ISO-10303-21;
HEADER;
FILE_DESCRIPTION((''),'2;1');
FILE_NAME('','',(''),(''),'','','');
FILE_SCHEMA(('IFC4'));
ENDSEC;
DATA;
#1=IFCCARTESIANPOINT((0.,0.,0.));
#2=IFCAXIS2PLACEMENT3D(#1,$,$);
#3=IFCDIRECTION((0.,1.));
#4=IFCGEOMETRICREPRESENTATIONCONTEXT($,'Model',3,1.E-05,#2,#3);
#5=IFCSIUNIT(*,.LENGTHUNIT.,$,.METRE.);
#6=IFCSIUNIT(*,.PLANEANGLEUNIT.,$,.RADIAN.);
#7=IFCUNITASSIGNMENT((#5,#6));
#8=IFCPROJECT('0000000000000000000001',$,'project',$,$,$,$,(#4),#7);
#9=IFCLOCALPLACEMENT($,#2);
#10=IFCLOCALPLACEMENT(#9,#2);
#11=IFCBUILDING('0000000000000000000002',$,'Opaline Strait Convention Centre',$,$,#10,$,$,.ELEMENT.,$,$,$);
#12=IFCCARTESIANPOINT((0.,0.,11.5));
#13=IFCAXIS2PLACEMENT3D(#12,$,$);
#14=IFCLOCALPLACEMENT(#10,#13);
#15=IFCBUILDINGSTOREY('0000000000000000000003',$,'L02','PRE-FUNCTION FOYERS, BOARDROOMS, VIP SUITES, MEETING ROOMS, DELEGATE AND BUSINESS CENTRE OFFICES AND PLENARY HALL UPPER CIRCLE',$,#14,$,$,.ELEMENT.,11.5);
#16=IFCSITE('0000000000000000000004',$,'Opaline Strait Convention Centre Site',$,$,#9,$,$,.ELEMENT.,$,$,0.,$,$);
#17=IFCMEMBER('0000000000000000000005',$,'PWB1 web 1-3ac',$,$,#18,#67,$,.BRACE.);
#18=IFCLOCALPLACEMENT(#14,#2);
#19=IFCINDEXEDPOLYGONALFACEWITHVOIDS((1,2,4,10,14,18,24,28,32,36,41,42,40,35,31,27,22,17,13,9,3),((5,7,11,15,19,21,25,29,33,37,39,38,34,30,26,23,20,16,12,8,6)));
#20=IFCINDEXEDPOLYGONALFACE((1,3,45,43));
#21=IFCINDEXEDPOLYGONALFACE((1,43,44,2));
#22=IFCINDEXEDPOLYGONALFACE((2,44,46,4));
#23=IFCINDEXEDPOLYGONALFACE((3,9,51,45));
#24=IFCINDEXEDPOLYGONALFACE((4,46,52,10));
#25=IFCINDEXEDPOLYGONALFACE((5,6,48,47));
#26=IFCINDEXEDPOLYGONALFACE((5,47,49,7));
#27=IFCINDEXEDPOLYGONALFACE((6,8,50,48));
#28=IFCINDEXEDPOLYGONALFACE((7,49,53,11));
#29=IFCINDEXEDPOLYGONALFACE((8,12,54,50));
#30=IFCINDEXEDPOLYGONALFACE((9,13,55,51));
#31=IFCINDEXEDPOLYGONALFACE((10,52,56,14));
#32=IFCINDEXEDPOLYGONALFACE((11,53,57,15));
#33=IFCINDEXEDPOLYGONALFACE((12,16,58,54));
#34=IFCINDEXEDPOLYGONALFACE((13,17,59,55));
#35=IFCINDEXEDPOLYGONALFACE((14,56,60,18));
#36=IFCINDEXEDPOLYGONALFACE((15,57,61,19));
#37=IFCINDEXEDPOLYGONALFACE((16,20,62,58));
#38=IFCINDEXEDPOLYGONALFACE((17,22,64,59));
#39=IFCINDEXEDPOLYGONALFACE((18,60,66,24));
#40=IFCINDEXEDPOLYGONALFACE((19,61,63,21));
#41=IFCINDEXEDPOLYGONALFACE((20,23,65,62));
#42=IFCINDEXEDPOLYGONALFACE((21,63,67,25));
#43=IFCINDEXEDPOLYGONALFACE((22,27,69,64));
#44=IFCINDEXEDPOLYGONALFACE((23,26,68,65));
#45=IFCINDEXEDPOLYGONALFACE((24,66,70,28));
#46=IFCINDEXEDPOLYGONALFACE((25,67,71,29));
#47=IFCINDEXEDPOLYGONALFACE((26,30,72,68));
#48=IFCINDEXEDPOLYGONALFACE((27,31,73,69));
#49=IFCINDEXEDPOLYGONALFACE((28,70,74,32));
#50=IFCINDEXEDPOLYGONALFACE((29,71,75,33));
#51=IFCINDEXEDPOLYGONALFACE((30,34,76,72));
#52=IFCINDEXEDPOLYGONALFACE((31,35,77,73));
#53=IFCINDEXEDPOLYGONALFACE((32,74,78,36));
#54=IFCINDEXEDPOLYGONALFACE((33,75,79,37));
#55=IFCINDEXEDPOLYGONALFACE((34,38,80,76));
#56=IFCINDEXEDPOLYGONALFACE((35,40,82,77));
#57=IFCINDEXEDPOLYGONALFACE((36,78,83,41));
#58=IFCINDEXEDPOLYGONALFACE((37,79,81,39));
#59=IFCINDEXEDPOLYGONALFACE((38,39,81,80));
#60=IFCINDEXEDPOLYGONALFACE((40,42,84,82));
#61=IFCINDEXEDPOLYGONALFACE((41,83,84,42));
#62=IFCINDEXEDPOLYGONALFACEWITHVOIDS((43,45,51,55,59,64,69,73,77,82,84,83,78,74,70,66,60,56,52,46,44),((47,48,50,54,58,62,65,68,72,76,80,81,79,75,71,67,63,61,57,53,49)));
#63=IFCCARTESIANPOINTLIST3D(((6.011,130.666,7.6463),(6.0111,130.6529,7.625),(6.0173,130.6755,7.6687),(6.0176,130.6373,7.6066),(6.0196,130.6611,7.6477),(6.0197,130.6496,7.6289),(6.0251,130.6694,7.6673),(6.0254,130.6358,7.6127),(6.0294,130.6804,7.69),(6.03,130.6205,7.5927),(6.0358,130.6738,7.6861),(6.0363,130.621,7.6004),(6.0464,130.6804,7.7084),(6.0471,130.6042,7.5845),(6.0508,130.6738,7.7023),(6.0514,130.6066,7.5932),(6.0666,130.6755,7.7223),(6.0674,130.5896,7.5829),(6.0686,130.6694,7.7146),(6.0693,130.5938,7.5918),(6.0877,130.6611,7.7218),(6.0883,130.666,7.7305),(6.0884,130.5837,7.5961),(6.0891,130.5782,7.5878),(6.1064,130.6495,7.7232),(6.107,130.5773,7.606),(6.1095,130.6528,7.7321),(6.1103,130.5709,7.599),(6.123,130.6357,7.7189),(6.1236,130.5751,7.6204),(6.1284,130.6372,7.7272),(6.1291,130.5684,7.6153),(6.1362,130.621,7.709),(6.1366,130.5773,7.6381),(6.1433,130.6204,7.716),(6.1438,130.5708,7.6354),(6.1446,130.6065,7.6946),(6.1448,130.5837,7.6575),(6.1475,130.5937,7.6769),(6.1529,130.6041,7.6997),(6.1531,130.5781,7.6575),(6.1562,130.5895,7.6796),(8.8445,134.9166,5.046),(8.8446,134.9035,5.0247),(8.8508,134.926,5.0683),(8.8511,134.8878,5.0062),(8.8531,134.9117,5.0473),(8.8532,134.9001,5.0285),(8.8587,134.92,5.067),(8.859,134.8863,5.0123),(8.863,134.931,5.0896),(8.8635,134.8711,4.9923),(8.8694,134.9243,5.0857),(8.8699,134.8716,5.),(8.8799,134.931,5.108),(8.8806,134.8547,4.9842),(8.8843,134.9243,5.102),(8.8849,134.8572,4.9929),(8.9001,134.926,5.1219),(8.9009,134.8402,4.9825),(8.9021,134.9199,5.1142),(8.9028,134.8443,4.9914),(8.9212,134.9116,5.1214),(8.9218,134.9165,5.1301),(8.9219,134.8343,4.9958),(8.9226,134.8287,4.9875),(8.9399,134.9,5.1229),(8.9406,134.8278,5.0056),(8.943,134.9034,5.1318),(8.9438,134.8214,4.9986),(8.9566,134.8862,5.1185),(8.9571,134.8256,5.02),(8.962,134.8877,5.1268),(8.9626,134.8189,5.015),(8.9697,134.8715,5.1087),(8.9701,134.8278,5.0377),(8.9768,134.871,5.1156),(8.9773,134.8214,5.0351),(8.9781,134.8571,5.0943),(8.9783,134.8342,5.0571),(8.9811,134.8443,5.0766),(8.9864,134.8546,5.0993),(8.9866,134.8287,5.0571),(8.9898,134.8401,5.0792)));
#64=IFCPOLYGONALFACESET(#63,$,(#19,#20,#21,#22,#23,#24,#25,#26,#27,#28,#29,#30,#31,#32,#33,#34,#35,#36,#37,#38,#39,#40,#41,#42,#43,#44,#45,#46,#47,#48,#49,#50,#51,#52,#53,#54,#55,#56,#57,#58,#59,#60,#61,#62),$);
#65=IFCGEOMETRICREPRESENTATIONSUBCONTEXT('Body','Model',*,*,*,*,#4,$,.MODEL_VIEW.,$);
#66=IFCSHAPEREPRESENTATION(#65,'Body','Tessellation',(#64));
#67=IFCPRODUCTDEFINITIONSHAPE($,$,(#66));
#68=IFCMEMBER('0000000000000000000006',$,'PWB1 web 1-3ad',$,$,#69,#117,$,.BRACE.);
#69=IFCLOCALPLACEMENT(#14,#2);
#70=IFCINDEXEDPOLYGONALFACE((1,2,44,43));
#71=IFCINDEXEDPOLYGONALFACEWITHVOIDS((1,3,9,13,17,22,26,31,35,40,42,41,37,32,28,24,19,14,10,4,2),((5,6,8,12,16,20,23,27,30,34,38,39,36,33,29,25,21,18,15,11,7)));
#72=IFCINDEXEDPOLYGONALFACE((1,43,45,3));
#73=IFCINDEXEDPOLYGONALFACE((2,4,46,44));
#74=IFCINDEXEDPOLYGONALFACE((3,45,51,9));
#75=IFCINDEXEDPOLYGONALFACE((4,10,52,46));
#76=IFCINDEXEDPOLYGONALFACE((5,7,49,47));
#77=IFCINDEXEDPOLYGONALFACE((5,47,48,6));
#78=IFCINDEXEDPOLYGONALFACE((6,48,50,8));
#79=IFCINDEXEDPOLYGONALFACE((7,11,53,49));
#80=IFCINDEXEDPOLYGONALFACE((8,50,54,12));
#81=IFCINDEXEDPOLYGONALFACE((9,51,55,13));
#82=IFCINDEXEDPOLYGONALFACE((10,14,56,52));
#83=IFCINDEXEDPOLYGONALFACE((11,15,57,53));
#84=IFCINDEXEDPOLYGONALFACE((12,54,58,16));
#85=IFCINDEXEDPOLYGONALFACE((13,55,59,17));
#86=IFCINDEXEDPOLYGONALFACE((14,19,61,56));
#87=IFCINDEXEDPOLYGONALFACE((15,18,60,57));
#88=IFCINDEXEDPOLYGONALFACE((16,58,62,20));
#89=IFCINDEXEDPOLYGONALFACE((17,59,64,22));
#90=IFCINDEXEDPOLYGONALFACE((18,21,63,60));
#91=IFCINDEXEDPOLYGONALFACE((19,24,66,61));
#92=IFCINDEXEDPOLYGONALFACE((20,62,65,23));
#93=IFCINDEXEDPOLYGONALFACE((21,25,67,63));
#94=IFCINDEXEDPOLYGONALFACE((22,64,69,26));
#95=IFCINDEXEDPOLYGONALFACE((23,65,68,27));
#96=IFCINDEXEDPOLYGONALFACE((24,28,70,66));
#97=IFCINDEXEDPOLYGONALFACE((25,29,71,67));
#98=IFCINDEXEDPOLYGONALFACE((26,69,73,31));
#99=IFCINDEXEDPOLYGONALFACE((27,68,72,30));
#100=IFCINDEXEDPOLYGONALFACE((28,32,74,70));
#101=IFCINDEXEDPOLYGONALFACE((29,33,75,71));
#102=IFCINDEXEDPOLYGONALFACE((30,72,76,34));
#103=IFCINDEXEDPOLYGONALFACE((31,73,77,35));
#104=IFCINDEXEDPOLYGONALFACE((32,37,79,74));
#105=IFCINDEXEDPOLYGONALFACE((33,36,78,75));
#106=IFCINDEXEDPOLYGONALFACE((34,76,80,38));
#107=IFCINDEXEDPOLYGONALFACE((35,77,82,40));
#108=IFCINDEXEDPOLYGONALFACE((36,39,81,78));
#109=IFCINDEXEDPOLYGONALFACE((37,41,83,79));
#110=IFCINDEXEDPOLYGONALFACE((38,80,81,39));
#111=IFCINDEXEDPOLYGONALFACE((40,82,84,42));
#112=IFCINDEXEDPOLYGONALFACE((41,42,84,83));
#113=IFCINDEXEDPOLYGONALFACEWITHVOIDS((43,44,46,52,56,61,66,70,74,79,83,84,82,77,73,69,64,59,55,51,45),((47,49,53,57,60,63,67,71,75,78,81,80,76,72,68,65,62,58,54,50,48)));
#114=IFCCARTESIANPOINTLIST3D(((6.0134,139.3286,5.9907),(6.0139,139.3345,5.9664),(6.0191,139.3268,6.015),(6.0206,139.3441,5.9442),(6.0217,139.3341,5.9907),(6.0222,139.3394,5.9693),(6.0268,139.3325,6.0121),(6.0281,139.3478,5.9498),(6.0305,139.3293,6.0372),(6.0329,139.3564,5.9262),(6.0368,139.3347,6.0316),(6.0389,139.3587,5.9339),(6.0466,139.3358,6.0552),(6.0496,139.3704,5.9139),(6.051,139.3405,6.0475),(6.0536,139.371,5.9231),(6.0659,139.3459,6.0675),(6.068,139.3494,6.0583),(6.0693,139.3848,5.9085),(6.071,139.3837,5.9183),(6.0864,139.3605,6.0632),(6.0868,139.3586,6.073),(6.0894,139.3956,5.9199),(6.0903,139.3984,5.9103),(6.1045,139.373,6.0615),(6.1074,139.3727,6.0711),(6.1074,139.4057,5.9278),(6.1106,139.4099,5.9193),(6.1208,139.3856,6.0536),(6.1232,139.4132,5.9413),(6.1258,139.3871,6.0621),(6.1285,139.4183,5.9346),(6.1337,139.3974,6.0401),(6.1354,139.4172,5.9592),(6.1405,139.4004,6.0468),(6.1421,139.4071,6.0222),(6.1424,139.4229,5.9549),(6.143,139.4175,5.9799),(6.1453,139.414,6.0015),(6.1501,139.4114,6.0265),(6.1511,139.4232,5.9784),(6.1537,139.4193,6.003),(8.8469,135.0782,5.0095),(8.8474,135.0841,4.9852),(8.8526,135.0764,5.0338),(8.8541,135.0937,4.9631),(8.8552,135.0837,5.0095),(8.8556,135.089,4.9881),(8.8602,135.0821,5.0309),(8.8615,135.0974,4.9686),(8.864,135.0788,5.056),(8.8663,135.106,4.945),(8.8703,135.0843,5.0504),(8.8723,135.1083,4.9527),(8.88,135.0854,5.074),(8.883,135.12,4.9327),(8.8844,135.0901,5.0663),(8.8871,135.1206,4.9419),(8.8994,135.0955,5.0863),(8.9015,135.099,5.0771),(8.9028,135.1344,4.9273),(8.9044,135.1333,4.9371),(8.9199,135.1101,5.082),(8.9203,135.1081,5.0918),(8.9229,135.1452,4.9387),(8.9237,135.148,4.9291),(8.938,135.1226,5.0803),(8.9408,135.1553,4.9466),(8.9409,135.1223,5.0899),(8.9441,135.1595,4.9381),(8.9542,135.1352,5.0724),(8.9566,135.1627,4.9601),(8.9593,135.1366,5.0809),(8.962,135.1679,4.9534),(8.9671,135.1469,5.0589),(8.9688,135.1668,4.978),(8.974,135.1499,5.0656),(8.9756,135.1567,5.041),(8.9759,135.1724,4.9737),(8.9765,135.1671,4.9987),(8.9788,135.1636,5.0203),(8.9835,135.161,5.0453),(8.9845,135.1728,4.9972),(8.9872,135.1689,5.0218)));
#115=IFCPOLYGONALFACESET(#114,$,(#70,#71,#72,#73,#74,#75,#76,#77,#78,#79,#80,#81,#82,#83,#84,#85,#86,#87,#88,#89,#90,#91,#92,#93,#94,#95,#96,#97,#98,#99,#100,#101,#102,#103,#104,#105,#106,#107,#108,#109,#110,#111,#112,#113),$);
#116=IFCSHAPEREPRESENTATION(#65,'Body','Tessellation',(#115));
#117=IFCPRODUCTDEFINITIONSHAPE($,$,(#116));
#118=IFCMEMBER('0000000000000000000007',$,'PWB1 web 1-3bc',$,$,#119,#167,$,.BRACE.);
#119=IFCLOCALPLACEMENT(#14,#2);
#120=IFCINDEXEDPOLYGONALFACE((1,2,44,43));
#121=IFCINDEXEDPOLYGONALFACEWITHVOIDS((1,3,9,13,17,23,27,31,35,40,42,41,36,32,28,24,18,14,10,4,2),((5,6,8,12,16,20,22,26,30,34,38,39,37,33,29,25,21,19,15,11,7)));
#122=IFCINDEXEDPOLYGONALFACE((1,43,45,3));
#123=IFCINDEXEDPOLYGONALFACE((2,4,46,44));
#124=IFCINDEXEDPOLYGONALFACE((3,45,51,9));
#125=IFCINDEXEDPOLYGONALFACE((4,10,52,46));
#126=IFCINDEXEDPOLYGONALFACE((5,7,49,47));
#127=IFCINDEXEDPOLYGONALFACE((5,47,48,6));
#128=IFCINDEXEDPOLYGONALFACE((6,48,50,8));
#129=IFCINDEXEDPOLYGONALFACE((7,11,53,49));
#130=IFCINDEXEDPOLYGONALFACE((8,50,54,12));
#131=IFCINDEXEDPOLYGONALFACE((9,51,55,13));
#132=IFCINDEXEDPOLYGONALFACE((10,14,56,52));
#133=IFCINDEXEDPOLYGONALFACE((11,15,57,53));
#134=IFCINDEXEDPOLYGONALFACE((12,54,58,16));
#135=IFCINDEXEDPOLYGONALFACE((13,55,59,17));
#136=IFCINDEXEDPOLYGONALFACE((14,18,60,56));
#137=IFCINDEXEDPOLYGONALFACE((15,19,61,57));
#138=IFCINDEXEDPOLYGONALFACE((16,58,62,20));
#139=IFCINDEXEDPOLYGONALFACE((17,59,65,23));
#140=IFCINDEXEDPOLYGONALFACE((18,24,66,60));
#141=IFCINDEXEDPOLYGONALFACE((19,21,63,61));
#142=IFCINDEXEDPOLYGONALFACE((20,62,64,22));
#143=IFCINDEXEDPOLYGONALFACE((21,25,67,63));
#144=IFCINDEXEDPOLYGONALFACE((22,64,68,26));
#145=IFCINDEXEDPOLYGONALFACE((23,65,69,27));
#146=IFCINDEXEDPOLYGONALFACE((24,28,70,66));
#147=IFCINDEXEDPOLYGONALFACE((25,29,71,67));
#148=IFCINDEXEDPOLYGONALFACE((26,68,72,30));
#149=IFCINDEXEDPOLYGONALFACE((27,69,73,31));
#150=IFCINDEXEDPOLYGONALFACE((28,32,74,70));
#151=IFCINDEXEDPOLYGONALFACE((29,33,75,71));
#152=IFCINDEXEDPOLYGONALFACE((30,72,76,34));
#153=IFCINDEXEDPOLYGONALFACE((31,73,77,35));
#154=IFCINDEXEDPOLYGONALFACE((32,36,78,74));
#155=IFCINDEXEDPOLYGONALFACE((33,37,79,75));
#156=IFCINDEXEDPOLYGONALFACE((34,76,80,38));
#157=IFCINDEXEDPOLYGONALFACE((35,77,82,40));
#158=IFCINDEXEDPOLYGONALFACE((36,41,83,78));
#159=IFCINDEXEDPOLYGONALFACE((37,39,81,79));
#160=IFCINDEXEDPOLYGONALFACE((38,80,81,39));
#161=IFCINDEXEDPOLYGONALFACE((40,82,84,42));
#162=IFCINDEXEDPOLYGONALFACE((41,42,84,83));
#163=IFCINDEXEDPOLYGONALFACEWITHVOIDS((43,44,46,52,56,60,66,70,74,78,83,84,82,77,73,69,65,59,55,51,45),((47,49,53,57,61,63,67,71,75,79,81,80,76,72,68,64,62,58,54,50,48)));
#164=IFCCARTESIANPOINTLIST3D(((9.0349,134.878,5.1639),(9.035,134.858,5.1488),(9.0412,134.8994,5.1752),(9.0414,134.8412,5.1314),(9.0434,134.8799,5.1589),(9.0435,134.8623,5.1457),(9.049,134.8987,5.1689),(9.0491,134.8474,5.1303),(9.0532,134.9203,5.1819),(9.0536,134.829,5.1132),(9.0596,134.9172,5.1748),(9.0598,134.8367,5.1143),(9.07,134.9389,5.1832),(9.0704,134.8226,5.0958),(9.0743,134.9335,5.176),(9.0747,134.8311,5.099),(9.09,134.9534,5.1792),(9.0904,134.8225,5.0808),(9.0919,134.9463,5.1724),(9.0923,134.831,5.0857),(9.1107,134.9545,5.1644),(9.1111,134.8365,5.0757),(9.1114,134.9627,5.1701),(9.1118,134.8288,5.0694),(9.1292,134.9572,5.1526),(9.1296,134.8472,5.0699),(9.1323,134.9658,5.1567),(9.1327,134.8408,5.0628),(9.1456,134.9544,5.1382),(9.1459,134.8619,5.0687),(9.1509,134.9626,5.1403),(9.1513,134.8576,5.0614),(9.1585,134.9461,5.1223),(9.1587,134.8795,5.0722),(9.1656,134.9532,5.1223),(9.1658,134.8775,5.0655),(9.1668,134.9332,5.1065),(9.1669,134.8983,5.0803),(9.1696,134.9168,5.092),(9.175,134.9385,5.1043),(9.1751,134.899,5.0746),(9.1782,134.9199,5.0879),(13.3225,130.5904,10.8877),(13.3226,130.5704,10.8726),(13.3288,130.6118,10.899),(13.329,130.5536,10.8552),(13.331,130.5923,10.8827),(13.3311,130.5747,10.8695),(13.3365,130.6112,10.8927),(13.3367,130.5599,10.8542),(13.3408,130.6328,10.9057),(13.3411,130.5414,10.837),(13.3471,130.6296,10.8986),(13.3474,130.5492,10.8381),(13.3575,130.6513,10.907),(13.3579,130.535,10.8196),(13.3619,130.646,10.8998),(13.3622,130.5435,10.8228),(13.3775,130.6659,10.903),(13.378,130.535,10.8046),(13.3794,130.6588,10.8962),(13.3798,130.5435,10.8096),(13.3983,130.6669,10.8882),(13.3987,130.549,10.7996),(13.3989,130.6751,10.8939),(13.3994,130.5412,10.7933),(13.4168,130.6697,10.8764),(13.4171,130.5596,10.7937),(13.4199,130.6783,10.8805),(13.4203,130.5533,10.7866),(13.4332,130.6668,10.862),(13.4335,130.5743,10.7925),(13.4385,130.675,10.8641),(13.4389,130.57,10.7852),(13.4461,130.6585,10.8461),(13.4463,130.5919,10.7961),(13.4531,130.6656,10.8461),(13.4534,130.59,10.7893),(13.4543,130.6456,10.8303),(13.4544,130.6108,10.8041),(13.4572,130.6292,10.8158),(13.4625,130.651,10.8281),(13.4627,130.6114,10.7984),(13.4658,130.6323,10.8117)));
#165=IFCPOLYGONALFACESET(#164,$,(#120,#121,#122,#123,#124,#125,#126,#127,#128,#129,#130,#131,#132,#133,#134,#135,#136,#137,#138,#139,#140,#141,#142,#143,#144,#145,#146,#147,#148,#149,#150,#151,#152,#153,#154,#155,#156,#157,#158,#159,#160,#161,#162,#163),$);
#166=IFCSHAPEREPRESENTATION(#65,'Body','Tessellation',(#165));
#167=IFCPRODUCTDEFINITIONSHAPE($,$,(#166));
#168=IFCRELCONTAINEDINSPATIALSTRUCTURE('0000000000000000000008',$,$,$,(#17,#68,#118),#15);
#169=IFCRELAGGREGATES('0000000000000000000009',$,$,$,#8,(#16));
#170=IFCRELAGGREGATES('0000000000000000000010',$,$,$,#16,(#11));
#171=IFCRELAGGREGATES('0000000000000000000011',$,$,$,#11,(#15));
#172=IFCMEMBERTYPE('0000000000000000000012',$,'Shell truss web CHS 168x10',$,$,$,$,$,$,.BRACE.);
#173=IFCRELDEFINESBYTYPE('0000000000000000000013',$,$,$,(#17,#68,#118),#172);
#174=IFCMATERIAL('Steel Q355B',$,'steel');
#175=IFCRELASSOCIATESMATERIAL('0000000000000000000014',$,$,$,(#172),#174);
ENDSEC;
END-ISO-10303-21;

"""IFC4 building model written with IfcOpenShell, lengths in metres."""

from ifc_helpers import new_model, si_unit, direction, frame, origin, origin_2d, place, context, subcontext, project, spatial, hollow_circle, extrude, material, material_profile, profile_set, type_object, element, save


model = new_model("IFC4")

# Units and contexts
model_context = context("Model", 3, precision=1e-05, world=origin(), true_north=direction((0.0, 1.0)))
body_context = subcontext(model_context, "Body", "Model", "MODEL_VIEW")
ifc_project = project(units=[si_unit("LENGTHUNIT", "METRE"), si_unit("PLANEANGLEUNIT", "RADIAN")], contexts=[model_context])

# Site, building, storey
site_placement = place(None, origin())
site = spatial("IfcSite", under=ifc_project, at=site_placement, Name="Opaline Strait Convention Centre Site", CompositionType="ELEMENT", RefElevation=0.0)
building_placement = place(site_placement, origin())
building = spatial("IfcBuilding", under=site, at=building_placement, Name="Opaline Strait Convention Centre", CompositionType="ELEMENT")
storey_placement = place(building_placement, frame((0.0, 0.0, 11.5)))
storey = spatial("IfcBuildingStorey", under=building, at=storey_placement, Name="L02", Description="PRE-FUNCTION FOYERS, BOARDROOMS, VIP SUITES, MEETING ROOMS, DELEGATE AND BUSINESS CENTRE OFFICES AND PLENARY HALL UPPER CIRCLE", CompositionType="ELEMENT", Elevation=11.5)

# Members
ifc_material_1 = material(Name="Steel Q355B", Category="steel")
ifc_material_profile_1 = material_profile(ifc_material_1, hollow_circle(Radius=0.084, WallThickness=0.01, at=origin_2d()), Name="CHS 168x10")
ifc_profile_set_1 = profile_set([ifc_material_profile_1], Name="Steel Q355B")
member_type_1 = type_object("IfcMemberType", Name="Shell truss web CHS 168x10", PredefinedType="BRACE", material=ifc_profile_set_1)
member_1_placement = place(storey_placement, frame((8.9167, 134.8752, 5.0571), z_axis=(-0.49432, -0.741522, 0.453644), x_axis=(0.832065, -0.554678, 0.0)))
element("IfcMember", 1, at=member_1_placement, inside=storey, type_object=member_type_1, Name="PWB1 web 1-3ac", PredefinedType="BRACE", context=body_context, shape_type="SweptSolid", body=[
    extrude(hollow_circle(Radius=0.084, WallThickness=0.01, at=origin_2d()), origin(), (0.0, 0.0, 1.0), 5.7322),
])
member_2_placement = place(storey_placement, frame((8.9167, 135.1248, 5.0095), z_axis=(-0.544721, 0.817128, 0.188629), x_axis=(-0.832065, -0.554678, 0.0)))
element("IfcMember", 2, at=member_2_placement, inside=storey, type_object=member_type_1, Name="PWB1 web 1-3ad", PredefinedType="BRACE", context=body_context, shape_type="SweptSolid", body=[
    extrude(hollow_circle(Radius=0.084, WallThickness=0.01, at=origin_2d()), origin(), (0.0, 0.0, 1.0), 5.2017),
])
member_3_placement = place(storey_placement, frame((9.1062, 134.8938, 5.1223), z_axis=(0.514196, -0.514196, 0.686444), x_axis=(0.707107, 0.707107, 0.0)))
element("IfcMember", 3, at=member_3_placement, inside=storey, type_object=member_type_1, Name="PWB1 web 1-3bc", PredefinedType="BRACE", context=body_context, shape_type="SweptSolid", body=[
    extrude(hollow_circle(Radius=0.084, WallThickness=0.01, at=origin_2d()), origin(), (0.0, 0.0, 1.0), 8.3384),
])

save(model, "model.ifc")
